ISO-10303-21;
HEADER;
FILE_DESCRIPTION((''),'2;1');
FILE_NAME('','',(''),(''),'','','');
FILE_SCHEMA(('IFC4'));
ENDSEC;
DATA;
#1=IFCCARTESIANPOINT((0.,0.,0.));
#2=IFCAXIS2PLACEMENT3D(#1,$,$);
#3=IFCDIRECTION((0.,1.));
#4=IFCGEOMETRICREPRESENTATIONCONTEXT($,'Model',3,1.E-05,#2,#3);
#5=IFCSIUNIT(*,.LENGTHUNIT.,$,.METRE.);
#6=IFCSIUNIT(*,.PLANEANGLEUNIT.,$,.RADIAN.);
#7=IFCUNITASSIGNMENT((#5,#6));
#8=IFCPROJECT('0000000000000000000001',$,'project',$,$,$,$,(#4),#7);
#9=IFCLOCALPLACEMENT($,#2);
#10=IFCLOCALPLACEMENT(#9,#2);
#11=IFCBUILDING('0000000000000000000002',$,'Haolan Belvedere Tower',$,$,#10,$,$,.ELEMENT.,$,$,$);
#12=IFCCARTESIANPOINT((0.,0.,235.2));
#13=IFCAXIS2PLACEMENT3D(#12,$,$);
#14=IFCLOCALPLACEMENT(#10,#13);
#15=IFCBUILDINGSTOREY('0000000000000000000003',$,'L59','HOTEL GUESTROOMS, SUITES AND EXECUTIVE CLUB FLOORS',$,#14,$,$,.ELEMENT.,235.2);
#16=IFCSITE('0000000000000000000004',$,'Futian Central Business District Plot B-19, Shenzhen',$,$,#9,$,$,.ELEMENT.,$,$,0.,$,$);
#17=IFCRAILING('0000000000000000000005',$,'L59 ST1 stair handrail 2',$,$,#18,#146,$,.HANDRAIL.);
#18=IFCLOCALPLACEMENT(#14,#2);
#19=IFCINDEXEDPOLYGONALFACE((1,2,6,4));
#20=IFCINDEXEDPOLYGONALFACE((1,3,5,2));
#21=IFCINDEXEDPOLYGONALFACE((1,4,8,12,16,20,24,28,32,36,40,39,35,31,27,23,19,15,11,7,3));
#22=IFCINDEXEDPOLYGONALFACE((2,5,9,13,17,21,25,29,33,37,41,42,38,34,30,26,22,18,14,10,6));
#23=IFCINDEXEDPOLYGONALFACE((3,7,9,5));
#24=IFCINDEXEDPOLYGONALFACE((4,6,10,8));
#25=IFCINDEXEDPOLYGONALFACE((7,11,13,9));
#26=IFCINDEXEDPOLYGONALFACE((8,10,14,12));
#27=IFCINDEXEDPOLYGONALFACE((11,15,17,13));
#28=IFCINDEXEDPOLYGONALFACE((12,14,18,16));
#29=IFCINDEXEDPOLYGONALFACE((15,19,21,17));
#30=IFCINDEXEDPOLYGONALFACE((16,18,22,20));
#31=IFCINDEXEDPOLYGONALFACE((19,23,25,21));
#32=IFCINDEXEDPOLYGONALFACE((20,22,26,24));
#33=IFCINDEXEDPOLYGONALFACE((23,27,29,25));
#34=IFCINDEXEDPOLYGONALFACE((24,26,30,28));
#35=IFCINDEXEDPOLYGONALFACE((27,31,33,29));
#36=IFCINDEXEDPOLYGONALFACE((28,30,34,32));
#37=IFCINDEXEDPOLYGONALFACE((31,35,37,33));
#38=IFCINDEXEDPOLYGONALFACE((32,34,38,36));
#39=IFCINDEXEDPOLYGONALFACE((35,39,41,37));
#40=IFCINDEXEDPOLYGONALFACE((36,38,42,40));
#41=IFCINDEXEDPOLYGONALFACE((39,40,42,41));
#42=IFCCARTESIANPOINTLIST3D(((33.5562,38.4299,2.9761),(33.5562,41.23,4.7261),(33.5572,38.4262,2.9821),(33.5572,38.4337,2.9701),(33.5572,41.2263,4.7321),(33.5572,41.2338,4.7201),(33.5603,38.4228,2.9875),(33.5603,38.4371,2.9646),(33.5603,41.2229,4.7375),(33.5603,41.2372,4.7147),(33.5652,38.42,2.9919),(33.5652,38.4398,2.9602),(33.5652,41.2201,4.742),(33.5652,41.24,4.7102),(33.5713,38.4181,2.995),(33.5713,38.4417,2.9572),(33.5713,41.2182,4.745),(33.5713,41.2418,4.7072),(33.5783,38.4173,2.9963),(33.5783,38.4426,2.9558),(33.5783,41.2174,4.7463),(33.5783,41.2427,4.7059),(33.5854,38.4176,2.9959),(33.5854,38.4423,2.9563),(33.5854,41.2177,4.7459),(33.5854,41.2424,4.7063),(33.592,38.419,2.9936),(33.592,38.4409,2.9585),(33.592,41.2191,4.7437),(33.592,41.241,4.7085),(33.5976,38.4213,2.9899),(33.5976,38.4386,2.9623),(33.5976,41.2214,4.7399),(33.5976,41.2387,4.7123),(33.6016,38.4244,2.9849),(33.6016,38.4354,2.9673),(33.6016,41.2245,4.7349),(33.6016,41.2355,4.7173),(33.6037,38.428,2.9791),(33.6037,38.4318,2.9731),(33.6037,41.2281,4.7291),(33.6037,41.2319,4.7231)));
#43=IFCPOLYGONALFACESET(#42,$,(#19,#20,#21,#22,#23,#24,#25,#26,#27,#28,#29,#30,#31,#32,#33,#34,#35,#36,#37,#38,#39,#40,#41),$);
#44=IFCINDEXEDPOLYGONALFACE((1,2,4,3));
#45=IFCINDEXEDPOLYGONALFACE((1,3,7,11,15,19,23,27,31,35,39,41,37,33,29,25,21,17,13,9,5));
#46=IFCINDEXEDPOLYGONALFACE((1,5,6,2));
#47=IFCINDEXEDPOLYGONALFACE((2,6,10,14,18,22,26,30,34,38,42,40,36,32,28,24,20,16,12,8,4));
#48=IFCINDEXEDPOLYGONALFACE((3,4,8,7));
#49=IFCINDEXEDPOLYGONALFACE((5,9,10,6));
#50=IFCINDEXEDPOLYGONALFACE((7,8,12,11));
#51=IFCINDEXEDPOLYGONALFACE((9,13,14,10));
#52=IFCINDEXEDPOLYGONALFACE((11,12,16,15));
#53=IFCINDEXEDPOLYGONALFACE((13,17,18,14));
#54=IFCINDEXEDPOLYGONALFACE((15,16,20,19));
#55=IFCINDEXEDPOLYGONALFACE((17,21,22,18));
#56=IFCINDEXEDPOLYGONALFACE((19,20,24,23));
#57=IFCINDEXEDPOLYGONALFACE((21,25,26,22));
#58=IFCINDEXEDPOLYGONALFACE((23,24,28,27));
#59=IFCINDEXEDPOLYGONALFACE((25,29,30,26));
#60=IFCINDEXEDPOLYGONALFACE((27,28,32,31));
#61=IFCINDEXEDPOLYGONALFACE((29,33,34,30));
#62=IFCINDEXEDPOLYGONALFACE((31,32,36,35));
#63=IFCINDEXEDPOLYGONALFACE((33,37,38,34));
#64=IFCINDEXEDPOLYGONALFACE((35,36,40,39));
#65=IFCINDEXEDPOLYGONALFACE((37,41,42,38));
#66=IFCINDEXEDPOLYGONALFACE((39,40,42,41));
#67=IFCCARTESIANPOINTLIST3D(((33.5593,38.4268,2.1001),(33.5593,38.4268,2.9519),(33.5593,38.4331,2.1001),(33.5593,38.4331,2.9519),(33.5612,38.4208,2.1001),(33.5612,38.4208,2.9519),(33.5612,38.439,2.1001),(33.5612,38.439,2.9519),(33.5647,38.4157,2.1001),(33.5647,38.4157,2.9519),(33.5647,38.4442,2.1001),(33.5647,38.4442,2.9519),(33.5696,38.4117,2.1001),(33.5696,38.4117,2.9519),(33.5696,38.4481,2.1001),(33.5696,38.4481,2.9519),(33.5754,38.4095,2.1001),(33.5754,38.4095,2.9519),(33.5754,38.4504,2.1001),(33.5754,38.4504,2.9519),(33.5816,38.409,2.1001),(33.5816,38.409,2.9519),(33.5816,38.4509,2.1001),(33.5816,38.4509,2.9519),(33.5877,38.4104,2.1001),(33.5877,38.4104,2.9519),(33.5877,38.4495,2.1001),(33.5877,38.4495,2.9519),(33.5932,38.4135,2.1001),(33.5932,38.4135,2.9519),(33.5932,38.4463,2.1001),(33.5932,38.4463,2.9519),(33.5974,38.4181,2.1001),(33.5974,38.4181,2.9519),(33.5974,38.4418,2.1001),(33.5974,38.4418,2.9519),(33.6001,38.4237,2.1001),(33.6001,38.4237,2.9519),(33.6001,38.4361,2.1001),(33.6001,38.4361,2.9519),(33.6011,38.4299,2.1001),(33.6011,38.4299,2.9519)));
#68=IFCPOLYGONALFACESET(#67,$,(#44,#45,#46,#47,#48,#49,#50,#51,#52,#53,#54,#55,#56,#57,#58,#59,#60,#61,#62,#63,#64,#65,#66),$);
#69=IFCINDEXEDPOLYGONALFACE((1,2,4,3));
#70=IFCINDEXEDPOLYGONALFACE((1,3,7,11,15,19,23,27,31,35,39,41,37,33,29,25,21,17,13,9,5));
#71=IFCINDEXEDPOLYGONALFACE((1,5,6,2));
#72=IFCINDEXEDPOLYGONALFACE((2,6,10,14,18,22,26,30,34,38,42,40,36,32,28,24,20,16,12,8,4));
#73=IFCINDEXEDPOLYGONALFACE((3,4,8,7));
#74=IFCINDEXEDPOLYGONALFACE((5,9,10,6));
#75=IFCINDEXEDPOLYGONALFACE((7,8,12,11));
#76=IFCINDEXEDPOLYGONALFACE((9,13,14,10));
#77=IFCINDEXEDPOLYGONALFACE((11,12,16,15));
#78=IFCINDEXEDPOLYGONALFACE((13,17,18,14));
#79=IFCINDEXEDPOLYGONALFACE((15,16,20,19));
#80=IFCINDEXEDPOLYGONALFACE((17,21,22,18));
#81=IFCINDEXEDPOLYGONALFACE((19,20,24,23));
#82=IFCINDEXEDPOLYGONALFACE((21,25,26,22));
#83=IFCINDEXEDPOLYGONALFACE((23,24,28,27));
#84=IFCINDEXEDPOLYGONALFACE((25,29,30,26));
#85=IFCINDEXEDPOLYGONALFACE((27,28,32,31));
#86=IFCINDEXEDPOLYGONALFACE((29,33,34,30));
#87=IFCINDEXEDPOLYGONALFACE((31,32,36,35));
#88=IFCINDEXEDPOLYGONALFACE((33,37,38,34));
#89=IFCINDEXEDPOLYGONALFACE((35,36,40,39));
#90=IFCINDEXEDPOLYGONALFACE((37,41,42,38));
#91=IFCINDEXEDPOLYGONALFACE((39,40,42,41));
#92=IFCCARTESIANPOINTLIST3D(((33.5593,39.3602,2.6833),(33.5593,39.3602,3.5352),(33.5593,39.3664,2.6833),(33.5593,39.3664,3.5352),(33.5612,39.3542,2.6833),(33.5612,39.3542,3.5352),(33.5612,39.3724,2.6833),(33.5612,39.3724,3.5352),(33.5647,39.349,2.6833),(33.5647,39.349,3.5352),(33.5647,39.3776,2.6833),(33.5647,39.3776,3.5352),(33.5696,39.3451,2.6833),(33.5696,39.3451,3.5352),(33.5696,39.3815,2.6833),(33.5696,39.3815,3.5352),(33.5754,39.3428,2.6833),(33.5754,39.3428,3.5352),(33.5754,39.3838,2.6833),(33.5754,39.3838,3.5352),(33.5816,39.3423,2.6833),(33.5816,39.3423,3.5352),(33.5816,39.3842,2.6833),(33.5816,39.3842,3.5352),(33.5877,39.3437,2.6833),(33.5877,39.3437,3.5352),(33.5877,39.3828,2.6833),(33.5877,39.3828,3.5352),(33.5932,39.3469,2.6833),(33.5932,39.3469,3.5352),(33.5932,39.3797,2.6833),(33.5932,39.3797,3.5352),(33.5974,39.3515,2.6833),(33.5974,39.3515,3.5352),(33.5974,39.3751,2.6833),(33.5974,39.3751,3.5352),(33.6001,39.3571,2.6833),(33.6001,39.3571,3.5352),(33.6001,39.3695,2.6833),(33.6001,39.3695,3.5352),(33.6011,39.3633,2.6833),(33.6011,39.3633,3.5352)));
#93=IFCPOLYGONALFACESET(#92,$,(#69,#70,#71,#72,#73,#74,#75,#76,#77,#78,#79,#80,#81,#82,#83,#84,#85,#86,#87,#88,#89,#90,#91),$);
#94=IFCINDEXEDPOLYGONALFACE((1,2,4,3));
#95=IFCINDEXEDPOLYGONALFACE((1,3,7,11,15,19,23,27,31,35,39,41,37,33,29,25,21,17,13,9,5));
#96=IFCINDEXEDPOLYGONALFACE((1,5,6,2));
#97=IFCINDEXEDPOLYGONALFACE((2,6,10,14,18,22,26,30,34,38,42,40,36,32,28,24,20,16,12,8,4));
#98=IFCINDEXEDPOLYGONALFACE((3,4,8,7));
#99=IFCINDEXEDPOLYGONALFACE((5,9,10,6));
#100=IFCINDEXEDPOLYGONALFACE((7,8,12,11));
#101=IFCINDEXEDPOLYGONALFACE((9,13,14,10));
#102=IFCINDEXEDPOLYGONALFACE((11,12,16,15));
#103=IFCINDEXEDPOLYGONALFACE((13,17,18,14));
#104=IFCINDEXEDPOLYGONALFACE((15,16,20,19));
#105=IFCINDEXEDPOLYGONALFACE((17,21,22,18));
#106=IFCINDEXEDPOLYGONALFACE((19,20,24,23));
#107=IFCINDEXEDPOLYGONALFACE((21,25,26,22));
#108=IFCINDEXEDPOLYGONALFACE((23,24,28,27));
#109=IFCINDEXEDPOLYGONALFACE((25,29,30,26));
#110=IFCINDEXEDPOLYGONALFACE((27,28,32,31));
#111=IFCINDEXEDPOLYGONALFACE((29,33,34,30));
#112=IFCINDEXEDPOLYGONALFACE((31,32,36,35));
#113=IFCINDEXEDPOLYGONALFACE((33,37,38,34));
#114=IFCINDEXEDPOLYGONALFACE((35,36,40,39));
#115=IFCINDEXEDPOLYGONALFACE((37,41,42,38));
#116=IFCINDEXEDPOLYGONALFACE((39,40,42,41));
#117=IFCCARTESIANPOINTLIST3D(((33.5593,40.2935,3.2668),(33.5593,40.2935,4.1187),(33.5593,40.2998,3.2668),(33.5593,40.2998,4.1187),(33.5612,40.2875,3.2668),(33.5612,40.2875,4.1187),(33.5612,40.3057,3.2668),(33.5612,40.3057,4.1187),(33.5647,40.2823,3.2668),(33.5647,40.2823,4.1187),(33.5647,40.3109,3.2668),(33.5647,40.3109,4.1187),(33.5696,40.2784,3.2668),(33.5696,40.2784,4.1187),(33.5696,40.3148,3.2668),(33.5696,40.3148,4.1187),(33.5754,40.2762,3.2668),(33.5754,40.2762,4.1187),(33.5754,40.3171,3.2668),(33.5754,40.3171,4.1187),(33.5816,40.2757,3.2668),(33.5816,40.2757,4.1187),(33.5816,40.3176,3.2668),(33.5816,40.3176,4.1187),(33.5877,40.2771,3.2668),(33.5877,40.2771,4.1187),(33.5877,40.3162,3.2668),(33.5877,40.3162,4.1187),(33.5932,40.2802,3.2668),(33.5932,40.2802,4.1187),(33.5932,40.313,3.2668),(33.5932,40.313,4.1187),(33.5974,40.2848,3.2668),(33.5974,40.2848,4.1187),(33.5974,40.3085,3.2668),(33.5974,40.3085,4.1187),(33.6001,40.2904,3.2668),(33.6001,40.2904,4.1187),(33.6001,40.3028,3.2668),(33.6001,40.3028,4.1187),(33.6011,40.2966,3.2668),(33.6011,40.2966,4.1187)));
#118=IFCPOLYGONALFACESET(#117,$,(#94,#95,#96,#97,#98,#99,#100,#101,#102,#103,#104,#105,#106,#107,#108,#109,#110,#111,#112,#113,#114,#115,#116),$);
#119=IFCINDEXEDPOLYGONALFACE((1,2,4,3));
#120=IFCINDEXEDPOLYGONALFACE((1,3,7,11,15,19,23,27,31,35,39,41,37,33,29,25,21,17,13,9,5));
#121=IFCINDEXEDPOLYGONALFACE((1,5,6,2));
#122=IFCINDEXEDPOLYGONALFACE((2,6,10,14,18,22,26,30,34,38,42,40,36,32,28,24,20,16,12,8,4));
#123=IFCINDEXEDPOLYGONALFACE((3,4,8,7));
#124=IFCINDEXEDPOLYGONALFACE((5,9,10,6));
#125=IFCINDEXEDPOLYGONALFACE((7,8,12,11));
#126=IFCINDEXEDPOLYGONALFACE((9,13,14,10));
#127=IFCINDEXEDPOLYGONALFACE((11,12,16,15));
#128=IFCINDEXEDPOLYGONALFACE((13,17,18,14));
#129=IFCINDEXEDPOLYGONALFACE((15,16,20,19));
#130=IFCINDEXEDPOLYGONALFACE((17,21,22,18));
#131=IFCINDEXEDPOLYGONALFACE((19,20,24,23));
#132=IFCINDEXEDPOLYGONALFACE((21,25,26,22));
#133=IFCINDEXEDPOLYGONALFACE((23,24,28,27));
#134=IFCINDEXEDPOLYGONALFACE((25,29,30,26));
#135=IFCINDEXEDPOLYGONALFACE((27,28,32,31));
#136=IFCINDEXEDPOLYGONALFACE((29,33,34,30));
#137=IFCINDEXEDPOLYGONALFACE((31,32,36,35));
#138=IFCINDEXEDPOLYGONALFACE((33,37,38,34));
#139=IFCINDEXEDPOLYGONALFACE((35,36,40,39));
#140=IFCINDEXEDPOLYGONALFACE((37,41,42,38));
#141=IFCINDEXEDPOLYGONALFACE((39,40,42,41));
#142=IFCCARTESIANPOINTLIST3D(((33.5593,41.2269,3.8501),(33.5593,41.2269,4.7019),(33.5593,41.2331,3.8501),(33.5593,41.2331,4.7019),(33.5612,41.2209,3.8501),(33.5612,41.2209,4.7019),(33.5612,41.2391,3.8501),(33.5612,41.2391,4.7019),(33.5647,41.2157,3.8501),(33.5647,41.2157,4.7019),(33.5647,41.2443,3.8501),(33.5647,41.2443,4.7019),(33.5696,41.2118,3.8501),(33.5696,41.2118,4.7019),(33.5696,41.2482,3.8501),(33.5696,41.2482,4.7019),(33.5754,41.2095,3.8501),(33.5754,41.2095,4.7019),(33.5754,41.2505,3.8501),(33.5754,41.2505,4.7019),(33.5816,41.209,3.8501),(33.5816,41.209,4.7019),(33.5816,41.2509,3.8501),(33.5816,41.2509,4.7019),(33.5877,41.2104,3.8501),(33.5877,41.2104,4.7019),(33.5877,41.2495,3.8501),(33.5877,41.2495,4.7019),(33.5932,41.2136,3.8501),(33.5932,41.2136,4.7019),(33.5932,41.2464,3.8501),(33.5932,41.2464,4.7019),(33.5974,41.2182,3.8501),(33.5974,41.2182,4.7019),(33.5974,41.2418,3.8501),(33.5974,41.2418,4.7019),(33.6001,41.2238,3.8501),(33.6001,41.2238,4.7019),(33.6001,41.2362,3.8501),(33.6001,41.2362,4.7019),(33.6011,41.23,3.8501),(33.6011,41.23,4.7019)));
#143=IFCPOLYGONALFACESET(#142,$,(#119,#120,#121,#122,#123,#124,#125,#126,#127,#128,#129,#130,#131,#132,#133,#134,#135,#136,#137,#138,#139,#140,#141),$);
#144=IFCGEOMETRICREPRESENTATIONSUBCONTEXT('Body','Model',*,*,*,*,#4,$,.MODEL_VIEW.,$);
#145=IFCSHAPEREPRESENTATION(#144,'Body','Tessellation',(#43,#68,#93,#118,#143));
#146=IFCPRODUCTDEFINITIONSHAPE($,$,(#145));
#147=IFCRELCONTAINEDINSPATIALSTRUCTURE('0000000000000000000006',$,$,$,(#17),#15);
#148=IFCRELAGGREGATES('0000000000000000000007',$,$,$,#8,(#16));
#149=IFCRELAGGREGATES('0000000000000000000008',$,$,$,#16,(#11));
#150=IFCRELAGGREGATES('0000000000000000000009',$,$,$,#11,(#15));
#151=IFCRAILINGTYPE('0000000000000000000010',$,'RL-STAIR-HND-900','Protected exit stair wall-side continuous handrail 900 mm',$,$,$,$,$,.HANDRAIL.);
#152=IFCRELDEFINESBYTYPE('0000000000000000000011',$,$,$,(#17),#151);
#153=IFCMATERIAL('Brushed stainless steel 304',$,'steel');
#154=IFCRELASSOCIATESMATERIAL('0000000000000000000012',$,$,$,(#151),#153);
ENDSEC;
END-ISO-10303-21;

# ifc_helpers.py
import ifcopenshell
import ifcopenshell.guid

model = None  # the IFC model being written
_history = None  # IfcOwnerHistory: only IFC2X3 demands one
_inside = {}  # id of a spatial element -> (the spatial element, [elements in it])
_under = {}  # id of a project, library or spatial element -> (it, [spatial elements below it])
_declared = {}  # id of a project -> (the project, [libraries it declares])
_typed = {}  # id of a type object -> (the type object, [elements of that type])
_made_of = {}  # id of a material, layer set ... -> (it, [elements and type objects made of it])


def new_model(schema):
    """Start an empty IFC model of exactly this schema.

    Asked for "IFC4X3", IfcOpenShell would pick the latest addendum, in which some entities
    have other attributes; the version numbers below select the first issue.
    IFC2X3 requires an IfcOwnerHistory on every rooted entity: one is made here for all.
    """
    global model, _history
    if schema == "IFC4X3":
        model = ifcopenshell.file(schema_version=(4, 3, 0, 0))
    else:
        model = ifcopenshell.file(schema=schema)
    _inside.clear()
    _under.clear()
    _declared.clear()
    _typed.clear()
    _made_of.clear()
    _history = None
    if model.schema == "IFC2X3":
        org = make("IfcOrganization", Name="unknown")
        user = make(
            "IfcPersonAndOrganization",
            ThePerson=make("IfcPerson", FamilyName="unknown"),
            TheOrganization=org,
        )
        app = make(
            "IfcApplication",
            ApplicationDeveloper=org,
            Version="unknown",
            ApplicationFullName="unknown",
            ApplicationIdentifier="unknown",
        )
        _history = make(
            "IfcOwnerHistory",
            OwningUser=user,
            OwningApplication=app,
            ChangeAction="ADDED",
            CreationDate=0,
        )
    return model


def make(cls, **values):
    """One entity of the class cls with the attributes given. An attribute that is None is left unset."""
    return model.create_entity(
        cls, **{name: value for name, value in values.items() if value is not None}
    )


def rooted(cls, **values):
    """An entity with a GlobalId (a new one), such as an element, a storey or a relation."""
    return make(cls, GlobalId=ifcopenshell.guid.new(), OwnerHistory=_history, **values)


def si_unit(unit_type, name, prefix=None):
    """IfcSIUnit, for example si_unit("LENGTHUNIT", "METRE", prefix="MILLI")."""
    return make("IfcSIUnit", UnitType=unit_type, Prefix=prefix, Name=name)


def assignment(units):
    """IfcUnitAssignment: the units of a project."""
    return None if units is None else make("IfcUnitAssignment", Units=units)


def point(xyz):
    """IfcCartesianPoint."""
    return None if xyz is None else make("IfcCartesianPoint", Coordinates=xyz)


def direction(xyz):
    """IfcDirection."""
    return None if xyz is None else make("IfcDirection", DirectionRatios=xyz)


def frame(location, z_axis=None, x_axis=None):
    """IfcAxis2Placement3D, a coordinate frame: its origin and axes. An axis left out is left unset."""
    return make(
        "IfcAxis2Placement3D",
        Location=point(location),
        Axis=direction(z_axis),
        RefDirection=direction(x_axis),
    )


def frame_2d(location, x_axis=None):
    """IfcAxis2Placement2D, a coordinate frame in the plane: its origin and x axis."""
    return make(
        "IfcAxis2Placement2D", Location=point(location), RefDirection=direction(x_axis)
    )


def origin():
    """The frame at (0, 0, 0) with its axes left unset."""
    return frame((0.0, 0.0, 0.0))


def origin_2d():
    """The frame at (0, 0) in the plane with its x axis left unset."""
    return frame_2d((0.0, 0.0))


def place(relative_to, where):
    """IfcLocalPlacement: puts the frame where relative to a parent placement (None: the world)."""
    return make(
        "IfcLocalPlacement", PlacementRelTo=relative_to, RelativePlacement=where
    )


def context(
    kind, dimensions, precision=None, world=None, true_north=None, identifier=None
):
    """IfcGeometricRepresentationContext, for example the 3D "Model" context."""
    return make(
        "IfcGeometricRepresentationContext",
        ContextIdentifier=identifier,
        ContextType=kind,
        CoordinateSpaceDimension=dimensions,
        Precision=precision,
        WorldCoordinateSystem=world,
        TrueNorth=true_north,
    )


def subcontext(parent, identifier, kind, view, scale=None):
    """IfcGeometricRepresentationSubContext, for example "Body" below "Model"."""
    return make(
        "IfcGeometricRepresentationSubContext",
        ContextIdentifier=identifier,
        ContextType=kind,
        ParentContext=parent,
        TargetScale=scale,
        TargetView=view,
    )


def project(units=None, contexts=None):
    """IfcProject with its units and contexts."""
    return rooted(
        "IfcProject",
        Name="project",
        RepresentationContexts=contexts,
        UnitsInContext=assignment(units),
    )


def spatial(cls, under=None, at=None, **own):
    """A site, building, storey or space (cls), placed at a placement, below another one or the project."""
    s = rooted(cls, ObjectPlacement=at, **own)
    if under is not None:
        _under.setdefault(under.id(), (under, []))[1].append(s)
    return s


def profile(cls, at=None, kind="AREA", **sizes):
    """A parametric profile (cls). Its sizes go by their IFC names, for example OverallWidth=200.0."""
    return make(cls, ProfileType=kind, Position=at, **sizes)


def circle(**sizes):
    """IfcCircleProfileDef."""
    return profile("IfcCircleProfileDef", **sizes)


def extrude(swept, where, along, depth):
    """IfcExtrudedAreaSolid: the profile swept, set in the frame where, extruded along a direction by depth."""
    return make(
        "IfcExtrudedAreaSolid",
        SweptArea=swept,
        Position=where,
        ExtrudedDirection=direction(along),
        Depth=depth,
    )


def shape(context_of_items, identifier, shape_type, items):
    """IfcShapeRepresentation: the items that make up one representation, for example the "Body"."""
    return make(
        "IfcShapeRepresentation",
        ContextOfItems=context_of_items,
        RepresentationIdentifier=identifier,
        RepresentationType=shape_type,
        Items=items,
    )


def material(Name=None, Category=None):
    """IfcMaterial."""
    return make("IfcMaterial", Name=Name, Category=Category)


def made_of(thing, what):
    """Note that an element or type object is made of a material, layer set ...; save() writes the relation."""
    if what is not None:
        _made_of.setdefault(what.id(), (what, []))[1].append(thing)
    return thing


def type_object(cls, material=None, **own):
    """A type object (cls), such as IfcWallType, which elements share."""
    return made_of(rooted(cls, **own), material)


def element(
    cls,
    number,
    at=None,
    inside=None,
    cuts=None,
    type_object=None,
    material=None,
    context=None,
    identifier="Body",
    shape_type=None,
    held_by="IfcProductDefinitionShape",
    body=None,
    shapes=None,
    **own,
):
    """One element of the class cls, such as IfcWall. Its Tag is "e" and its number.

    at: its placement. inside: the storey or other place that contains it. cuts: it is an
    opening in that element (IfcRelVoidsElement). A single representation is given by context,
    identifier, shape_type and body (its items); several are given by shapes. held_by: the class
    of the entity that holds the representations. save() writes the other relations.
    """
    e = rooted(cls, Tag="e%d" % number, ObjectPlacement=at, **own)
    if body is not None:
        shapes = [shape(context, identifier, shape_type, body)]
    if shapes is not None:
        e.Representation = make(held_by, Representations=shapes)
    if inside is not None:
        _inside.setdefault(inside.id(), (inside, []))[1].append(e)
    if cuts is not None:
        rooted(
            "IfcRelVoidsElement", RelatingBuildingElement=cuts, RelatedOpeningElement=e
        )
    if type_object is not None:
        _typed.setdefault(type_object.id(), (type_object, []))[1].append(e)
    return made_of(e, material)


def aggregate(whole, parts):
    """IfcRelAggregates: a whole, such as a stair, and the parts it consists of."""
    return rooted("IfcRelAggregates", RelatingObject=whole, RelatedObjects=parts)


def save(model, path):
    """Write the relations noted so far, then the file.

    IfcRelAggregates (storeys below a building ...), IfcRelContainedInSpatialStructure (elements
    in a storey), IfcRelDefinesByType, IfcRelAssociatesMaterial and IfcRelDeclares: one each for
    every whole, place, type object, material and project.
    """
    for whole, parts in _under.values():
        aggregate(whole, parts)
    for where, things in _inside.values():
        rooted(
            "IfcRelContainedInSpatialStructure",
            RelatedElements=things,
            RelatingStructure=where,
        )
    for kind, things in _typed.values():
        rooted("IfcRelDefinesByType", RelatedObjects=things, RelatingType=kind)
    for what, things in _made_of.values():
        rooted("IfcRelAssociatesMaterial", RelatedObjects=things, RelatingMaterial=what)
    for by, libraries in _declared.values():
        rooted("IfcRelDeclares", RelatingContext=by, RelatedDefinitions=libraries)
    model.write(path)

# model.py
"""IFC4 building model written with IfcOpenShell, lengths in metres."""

from ifc_helpers import new_model, si_unit, direction, frame, origin, origin_2d, place, context, subcontext, project, spatial, circle, extrude, material, type_object, element, save


model = new_model("IFC4")

# Units and contexts
model_context = context("Model", 3, precision=1e-05, world=origin(), true_north=direction((0.0, 1.0)))
body_context = subcontext(model_context, "Body", "Model", "MODEL_VIEW")
ifc_project = project(units=[si_unit("LENGTHUNIT", "METRE"), si_unit("PLANEANGLEUNIT", "RADIAN")], contexts=[model_context])

# Site, building, storey
site_placement = place(None, origin())
site = spatial("IfcSite", under=ifc_project, at=site_placement, Name="Futian Central Business District Plot B-19, Shenzhen", CompositionType="ELEMENT", RefElevation=0.0)
building_placement = place(site_placement, origin())
building = spatial("IfcBuilding", under=site, at=building_placement, Name="Haolan Belvedere Tower", CompositionType="ELEMENT")
storey_placement = place(building_placement, frame((0.0, 0.0, 235.2)))
storey = spatial("IfcBuildingStorey", under=building, at=storey_placement, Name="L59", Description="HOTEL GUESTROOMS, SUITES AND EXECUTIVE CLUB FLOORS", CompositionType="ELEMENT", Elevation=235.2)

# Railing
ifc_material_1 = material(Name="Brushed stainless steel 304", Category="steel")
railing_type_1 = type_object("IfcRailingType", Name="RL-STAIR-HND-900", Description="Protected exit stair wall-side continuous handrail 900 mm", PredefinedType="HANDRAIL", material=ifc_material_1)
railing_1_placement = place(storey_placement, frame((33.5801, 38.4299, 2.1001)))
element("IfcRailing", 1, at=railing_1_placement, inside=storey, type_object=railing_type_1, Name="L59 ST1 stair handrail 2", PredefinedType="HANDRAIL", context=body_context, shape_type="SweptSolid", body=[
    extrude(circle(Radius=0.0239, at=origin_2d()), frame((0.0, 0.0, 0.876), z_axis=(0.0, 0.848002, 0.529992), x_axis=(-1.0, 0.0, 0.0)), (0.0, 0.0, 1.0), 3.302),
    extrude(circle(Radius=0.021, at=origin_2d()), origin(), (0.0, 0.0, 1.0), 0.8518),
    extrude(circle(Radius=0.021, at=origin_2d()), frame((0.0, 0.9333, 0.5833)), (0.0, 0.0, 1.0), 0.8518),
    extrude(circle(Radius=0.021, at=origin_2d()), frame((0.0, 1.8667, 1.1667)), (0.0, 0.0, 1.0), 0.8518),
    extrude(circle(Radius=0.021, at=origin_2d()), frame((0.0, 2.8, 1.75)), (0.0, 0.0, 1.0), 0.8518),
])

save(model, "model.ifc")
